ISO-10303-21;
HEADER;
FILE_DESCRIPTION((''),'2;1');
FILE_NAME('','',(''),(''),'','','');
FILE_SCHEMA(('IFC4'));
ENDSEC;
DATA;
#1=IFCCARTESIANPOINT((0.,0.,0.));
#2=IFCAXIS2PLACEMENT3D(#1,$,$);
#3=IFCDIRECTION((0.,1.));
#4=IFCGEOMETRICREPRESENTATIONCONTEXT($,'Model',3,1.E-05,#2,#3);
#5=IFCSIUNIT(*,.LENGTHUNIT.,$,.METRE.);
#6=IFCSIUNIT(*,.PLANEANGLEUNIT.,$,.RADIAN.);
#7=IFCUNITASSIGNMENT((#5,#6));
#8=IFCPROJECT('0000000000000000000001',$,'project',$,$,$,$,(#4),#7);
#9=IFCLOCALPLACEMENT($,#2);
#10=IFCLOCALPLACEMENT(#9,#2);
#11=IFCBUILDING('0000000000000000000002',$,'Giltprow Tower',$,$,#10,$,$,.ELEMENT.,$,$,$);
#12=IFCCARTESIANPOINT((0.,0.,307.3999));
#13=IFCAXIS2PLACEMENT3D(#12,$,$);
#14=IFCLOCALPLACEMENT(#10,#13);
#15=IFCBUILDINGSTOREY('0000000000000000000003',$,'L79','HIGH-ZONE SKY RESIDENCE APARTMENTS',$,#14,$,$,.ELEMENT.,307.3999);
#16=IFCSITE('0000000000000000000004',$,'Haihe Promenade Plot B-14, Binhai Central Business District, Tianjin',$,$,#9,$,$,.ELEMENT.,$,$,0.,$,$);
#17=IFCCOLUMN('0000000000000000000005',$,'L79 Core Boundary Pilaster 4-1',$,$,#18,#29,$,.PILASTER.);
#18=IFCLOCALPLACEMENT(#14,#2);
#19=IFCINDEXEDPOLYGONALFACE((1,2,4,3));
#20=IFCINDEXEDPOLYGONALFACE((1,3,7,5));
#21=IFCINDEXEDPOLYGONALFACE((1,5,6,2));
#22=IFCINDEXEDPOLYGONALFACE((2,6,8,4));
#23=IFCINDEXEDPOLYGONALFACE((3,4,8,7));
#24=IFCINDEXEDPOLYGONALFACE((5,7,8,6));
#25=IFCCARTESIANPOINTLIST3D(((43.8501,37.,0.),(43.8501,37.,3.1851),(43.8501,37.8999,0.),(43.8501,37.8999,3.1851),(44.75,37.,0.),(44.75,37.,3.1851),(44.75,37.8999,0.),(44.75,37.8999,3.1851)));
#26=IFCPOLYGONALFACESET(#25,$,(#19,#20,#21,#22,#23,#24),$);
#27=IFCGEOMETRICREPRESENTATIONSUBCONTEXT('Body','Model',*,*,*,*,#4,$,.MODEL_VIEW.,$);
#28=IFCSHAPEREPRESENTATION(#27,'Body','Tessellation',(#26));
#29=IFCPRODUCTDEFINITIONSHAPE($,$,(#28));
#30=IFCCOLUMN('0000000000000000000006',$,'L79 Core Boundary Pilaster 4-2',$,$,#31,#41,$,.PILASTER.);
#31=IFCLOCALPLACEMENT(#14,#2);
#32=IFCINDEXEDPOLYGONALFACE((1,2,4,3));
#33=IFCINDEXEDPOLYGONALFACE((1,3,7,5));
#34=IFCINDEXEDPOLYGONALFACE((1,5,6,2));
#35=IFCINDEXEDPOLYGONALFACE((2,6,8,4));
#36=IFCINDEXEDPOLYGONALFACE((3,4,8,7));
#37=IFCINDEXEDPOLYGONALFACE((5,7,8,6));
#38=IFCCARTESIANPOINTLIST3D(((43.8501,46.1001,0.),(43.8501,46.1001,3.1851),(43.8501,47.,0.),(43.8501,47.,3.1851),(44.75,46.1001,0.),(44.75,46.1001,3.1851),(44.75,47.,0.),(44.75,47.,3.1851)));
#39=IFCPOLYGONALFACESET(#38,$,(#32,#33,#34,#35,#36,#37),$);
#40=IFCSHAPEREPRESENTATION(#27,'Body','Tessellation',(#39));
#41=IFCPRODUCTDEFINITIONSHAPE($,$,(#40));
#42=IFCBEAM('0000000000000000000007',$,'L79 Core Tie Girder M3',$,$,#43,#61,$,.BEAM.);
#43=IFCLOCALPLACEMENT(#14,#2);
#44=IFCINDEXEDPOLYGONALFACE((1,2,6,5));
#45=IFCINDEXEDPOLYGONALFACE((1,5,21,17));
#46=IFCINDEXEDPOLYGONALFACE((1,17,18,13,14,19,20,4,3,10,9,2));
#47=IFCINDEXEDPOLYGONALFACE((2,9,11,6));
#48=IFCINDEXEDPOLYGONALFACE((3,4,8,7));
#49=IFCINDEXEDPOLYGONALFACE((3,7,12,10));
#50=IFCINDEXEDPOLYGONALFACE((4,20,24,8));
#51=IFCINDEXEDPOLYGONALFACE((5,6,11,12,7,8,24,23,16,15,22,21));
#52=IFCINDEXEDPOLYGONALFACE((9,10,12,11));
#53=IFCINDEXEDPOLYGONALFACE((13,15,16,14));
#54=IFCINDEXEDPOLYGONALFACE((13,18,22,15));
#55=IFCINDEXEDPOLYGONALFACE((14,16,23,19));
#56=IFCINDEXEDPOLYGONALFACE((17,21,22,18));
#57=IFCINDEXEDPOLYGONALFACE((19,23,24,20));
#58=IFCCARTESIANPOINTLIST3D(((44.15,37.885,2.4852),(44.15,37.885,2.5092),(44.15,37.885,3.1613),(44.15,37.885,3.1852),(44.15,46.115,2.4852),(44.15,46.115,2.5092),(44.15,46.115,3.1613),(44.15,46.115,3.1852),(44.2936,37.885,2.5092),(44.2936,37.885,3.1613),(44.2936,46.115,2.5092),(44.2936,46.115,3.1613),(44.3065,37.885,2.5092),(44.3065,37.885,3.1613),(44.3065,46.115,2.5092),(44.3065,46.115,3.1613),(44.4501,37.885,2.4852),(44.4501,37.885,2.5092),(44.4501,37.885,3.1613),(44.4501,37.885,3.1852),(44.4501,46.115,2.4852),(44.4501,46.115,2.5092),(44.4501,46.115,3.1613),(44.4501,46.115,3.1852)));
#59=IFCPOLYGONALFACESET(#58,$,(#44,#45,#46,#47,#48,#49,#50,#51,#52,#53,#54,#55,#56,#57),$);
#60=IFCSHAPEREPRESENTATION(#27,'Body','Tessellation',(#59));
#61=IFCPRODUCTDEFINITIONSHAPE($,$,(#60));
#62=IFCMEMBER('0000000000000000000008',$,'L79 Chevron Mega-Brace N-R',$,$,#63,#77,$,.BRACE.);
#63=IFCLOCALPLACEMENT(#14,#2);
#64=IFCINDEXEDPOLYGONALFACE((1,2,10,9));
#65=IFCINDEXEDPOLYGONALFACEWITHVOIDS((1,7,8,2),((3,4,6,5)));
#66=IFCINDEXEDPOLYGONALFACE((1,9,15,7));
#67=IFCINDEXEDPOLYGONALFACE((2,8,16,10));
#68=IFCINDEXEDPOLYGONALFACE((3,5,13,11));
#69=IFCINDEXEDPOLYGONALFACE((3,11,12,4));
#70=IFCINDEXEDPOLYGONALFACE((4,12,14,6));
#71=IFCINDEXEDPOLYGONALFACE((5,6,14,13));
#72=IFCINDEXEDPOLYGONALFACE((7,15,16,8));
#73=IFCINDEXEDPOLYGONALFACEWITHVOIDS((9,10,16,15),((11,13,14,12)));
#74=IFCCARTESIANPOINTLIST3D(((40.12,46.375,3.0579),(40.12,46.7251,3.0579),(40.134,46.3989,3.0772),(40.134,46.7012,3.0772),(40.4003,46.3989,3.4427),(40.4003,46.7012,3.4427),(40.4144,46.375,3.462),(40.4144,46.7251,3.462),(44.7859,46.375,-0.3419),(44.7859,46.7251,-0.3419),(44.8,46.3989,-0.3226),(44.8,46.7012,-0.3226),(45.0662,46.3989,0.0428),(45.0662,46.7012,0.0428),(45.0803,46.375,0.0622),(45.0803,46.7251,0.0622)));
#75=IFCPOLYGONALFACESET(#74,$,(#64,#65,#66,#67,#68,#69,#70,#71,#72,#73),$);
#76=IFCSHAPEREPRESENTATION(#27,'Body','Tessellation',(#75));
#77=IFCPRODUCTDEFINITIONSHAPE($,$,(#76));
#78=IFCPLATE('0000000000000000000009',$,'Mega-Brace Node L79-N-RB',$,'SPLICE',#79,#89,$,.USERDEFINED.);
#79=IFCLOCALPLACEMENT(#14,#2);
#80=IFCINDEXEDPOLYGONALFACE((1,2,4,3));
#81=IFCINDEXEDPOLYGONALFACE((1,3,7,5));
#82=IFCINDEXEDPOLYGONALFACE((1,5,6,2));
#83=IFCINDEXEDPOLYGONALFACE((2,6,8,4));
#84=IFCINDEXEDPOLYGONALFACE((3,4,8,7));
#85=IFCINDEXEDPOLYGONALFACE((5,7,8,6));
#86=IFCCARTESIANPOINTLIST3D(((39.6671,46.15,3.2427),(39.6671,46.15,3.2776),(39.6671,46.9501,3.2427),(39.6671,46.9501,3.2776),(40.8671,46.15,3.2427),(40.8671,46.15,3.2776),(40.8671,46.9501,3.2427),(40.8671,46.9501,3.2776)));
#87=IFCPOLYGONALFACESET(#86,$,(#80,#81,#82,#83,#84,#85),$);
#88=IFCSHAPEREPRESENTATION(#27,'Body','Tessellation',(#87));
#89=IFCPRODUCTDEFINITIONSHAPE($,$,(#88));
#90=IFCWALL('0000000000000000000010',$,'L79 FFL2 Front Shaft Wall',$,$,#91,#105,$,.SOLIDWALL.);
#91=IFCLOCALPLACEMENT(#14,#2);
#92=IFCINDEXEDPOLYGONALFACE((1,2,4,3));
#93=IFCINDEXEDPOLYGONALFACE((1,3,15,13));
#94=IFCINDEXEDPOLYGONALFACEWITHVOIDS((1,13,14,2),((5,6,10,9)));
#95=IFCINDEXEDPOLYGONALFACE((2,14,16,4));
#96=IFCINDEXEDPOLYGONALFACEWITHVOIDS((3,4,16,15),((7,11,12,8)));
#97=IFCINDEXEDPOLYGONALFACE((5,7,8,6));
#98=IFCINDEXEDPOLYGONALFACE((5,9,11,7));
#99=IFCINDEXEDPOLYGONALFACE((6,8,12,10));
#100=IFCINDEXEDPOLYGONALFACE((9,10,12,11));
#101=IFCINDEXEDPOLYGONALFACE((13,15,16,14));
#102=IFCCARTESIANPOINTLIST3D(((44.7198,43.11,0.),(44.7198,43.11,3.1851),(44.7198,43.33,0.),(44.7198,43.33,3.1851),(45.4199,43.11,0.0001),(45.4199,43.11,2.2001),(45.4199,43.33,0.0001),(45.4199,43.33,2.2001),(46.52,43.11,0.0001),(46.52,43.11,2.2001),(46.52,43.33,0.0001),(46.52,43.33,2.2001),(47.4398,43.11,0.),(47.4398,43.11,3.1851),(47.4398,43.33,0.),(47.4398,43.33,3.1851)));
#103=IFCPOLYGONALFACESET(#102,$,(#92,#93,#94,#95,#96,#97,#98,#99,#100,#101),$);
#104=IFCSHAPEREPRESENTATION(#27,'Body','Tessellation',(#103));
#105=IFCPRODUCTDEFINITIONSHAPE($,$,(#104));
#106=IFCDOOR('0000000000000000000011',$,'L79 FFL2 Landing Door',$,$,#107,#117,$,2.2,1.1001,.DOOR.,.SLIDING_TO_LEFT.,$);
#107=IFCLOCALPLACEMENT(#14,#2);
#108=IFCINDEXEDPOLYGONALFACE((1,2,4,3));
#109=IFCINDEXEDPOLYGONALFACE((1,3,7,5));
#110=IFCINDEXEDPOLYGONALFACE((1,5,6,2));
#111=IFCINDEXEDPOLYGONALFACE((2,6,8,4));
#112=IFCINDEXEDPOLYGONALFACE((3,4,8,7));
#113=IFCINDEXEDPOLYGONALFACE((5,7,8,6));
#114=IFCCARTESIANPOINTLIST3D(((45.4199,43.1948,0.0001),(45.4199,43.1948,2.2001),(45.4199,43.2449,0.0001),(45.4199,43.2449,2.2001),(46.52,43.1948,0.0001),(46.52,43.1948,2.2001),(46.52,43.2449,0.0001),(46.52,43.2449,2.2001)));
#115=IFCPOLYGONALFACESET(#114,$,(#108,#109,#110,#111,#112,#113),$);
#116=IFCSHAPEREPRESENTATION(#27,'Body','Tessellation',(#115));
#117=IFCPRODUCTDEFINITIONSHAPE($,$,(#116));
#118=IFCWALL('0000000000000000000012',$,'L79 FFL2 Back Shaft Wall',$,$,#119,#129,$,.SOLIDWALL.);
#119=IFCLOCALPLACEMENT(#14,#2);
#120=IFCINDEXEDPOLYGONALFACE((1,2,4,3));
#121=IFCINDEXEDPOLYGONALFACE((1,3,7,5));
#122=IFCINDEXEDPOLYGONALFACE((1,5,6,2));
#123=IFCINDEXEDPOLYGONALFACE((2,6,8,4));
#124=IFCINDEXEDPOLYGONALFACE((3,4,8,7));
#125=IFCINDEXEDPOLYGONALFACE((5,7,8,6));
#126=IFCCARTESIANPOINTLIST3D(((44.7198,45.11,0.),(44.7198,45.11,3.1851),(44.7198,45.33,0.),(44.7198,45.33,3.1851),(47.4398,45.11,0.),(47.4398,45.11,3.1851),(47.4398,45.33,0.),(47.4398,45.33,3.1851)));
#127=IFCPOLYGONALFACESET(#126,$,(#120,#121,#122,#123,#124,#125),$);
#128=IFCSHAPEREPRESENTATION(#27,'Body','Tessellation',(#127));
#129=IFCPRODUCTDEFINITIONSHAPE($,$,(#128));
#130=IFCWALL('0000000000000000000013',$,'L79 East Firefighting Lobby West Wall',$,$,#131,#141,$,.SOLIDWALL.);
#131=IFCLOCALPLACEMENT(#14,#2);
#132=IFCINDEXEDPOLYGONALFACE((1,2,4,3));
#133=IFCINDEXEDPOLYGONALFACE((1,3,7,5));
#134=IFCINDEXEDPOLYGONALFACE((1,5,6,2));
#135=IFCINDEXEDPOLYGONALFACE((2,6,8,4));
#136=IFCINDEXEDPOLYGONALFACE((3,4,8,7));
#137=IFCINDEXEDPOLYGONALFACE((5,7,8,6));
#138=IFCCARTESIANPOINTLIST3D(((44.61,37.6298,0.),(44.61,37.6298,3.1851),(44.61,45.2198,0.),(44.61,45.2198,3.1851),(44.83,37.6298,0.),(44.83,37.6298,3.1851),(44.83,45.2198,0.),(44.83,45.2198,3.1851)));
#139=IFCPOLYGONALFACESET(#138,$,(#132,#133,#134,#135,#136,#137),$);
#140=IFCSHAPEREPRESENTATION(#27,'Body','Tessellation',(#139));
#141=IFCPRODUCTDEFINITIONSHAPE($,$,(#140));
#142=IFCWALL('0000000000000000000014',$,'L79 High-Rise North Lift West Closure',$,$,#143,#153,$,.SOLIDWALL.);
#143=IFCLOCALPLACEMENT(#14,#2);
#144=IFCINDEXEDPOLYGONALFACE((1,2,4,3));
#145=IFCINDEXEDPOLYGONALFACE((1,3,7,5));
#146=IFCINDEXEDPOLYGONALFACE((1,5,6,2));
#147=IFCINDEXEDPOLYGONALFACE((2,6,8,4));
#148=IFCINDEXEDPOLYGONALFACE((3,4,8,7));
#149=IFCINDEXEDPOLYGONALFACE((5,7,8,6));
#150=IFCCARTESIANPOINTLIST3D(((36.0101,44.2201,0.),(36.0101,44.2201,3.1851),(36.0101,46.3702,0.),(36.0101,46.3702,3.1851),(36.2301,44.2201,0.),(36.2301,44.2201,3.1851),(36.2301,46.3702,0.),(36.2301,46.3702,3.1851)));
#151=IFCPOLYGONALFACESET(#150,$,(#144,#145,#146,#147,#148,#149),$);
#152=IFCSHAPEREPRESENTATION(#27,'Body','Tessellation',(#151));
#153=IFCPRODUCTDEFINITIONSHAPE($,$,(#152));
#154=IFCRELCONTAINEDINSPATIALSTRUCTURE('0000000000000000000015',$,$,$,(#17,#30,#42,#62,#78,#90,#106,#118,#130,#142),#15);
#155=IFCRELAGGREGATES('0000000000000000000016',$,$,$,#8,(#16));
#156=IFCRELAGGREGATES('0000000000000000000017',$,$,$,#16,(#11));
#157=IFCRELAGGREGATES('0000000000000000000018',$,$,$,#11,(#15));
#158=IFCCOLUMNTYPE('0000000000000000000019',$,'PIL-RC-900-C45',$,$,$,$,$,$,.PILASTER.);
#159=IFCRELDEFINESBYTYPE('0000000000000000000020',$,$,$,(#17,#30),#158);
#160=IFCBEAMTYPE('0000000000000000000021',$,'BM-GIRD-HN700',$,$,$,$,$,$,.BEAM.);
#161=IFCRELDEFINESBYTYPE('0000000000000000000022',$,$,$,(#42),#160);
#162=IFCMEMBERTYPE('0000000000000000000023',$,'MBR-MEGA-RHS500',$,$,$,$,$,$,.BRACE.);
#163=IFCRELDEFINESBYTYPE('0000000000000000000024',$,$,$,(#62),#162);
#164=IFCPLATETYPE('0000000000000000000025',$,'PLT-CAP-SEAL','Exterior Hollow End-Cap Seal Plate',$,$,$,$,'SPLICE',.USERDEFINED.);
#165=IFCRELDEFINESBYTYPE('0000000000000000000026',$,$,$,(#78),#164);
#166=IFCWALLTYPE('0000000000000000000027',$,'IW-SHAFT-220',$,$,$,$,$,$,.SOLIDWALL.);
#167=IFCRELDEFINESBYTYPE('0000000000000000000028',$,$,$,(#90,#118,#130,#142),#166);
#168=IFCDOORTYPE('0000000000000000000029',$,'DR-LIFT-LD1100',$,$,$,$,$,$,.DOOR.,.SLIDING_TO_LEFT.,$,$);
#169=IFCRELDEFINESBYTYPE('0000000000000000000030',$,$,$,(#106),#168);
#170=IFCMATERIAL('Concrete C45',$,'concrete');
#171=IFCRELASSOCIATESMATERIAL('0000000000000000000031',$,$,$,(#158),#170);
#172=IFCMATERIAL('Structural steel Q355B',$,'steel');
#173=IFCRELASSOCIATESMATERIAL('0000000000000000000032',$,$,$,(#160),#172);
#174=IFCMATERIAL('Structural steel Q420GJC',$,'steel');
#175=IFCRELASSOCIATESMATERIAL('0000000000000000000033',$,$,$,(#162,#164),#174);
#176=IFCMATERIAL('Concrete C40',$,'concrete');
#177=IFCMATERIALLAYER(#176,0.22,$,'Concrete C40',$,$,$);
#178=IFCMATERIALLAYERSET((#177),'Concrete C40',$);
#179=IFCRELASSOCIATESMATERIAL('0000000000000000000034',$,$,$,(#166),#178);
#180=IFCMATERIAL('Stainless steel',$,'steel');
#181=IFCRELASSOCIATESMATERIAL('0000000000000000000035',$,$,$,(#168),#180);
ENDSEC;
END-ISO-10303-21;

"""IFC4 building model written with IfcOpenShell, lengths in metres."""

from ifc_helpers import new_model, si_unit, direction, frame, frame_2d, origin, origin_2d, place, context, subcontext, project, spatial, rectangle, hollow_rectangle, i_section, extrude, source, transform, mapped, material, layer, layer_set, material_profile, profile_set, type_object, element, fill, save


model = new_model("IFC4")

# Units and contexts
model_context = context("Model", 3, precision=1e-05, world=origin(), true_north=direction((0.0, 1.0)))
body_context = subcontext(model_context, "Body", "Model", "MODEL_VIEW")
ifc_project = project(units=[si_unit("LENGTHUNIT", "METRE"), si_unit("PLANEANGLEUNIT", "RADIAN")], contexts=[model_context])

# Site, building, storey
site_placement = place(None, origin())
site = spatial("IfcSite", under=ifc_project, at=site_placement, Name="Haihe Promenade Plot B-14, Binhai Central Business District, Tianjin", CompositionType="ELEMENT", RefElevation=0.0)
building_placement = place(site_placement, origin())
building = spatial("IfcBuilding", under=site, at=building_placement, Name="Giltprow Tower", CompositionType="ELEMENT")
storey_placement = place(building_placement, frame((0.0, 0.0, 307.3999)))
storey = spatial("IfcBuildingStorey", under=building, at=storey_placement, Name="L79", Description="HIGH-ZONE SKY RESIDENCE APARTMENTS", CompositionType="ELEMENT", Elevation=307.3999)

# Columns
ifc_material_1 = material(Name="Concrete C45", Category="concrete")
ifc_material_profile_1 = material_profile(ifc_material_1, rectangle(XDim=0.8999, YDim=0.8999, at=origin_2d()), Name="RC 900x900")
ifc_profile_set_1 = profile_set([ifc_material_profile_1], Name="Concrete C45")
column_type = type_object("IfcColumnType", Name="PIL-RC-900-C45", PredefinedType="PILASTER", material=ifc_profile_set_1)
shared_shape_1 = source(origin(), body_context, "Body", "SweptSolid", [
    extrude(rectangle(XDim=0.8999, YDim=0.8999, at=origin_2d()), origin(), (0.0, 0.0, 1.0), 3.1851),
])
for number, where, z_axis, x_axis, name in (
    (1, (44.3, 37.45, 0.0), (0.0, 0.0, 1.0), (1.0, 0.0, 0.0), "L79 Core Boundary Pilaster 4-1"),
    (2, (44.3, 46.55, 0.0), (0.0, 0.0, 1.0), (1.0, 0.0, 0.0), "L79 Core Boundary Pilaster 4-2"),
):
    element("IfcColumn", number, at=place(storey_placement, frame(where, z_axis=z_axis, x_axis=x_axis)), inside=storey, type_object=column_type, Name=name, PredefinedType="PILASTER", context=body_context, shape_type="MappedRepresentation", body=[
        mapped(shared_shape_1, transform((0.0, 0.0, 0.0), x_axis=(1.0, 0.0, 0.0), y_axis=(0.0, 1.0, 0.0), z_axis=(0.0, 0.0, 1.0), scale=1.0)),
    ])

# Beam
ifc_material_2 = material(Name="Structural steel Q355B", Category="steel")
ifc_material_profile_2 = material_profile(ifc_material_2, i_section(OverallWidth=0.3, OverallDepth=0.7, WebThickness=0.0129, FlangeThickness=0.0239, at=origin_2d()), Name="HN 700x300x13x24")
ifc_profile_set_2 = profile_set([ifc_material_profile_2], Name="Structural steel Q355B")
beam_type = type_object("IfcBeamType", Name="BM-GIRD-HN700", PredefinedType="BEAM", material=ifc_profile_set_2)
shared_shape_2 = source(origin(), body_context, "Body", "SweptSolid", [
    extrude(i_section(OverallWidth=0.3, OverallDepth=0.7, WebThickness=0.0129, FlangeThickness=0.0239, at=origin_2d()), origin(), (0.0, 0.0, 1.0), 8.23),
])
beam_placement = place(storey_placement, frame((44.3, 37.885, 2.8352), z_axis=(0.0, 1.0, 0.0), x_axis=(-1.0, 0.0, 0.0)))
element("IfcBeam", 3, at=beam_placement, inside=storey, type_object=beam_type, Name="L79 Core Tie Girder M3", PredefinedType="BEAM", context=body_context, shape_type="MappedRepresentation", body=[
    mapped(shared_shape_2, transform((0.0, 0.0, 0.0), x_axis=(1.0, 0.0, 0.0), y_axis=(0.0, 1.0, 0.0), z_axis=(0.0, 0.0, 1.0), scale=1.0)),
])

# Member
ifc_material_3 = material(Name="Structural steel Q420GJC", Category="steel")
ifc_material_profile_3 = material_profile(ifc_material_3, hollow_rectangle(XDim=0.3501, YDim=0.5, WallThickness=0.0239, at=origin_2d()), Name="RHS 500x350x24")
ifc_profile_set_3 = profile_set([ifc_material_profile_3], Name="Structural steel Q420GJC")
member_type = type_object("IfcMemberType", Name="MBR-MEGA-RHS500", PredefinedType="BRACE", material=ifc_profile_set_3)
shared_shape_3 = source(origin(), body_context, "Body", "SweptSolid", [
    extrude(hollow_rectangle(XDim=0.3501, YDim=0.5, WallThickness=0.0239, at=origin_2d()), origin(), (0.0, 0.0, 1.0), 5.7732),
])
member_placement = place(storey_placement, frame((44.9331, 46.55, -0.1399), z_axis=(-0.808205, 0.0, 0.588901), x_axis=(0.0, -1.0, 0.0)))
element("IfcMember", 4, at=member_placement, inside=storey, type_object=member_type, Name="L79 Chevron Mega-Brace N-R", PredefinedType="BRACE", context=body_context, shape_type="MappedRepresentation", body=[
    mapped(shared_shape_3, transform((0.0, 0.0, 0.0), x_axis=(1.0, 0.0, 0.0), y_axis=(0.0, 1.0, 0.0), z_axis=(0.0, 0.0, 1.0), scale=1.0)),
])

# Plate
plate_type = type_object("IfcPlateType", Name="PLT-CAP-SEAL", Description="Exterior Hollow End-Cap Seal Plate", ElementType="SPLICE", PredefinedType="USERDEFINED", material=ifc_material_3)
shared_shape_4 = source(origin(), body_context, "Body", "SweptSolid", [
    extrude(rectangle(XDim=1.2, YDim=0.8, at=origin_2d()), origin(), (0.0, 0.0, 1.0), 0.0349),
])
plate_placement = place(storey_placement, frame((40.2671, 46.55, 3.2427), z_axis=(0.0, 0.0, 1.0), x_axis=(1.0, 0.0, 0.0)))
element("IfcPlate", 5, at=plate_placement, inside=storey, type_object=plate_type, Name="Mega-Brace Node L79-N-RB", ObjectType="SPLICE", PredefinedType="USERDEFINED", context=body_context, shape_type="MappedRepresentation", body=[
    mapped(shared_shape_4, transform((0.0, 0.0, 0.0), x_axis=(1.0, 0.0, 0.0), y_axis=(0.0, 1.0, 0.0), z_axis=(0.0, 0.0, 1.0), scale=1.0)),
])

# Wall, opening, door
ifc_material_4 = material(Name="Concrete C40", Category="concrete")
ifc_layer_1 = layer(ifc_material_4, 0.22, Name="Concrete C40")
ifc_layer_set_1 = layer_set([ifc_layer_1], Name="Concrete C40")
wall_type_1 = type_object("IfcWallType", Name="IW-SHAFT-220", PredefinedType="SOLIDWALL", material=ifc_layer_set_1)
wall_1_placement = place(storey_placement, frame((44.72, 43.22, 0.0), z_axis=(0.0, 0.0, 1.0), x_axis=(1.0, 0.0, 0.0)))
wall_1 = element("IfcWall", 6, at=wall_1_placement, inside=storey, type_object=wall_type_1, Name="L79 FFL2 Front Shaft Wall", PredefinedType="SOLIDWALL", context=body_context, shape_type="SweptSolid", body=[
    extrude(rectangle(XDim=2.72, YDim=0.22, at=frame_2d((1.3599, 0.0))), origin(), (0.0, 0.0, 1.0), 3.1851),
])
opening_1_placement = place(wall_1_placement, frame((0.7, 0.0, 0.0)))
opening_1 = element("IfcOpeningElement", 7, at=opening_1_placement, cuts=wall_1, PredefinedType="OPENING", context=body_context, shape_type="SweptSolid", body=[
    extrude(rectangle(XDim=1.1001, YDim=2.2, at=frame_2d((0.55, 1.1001))), frame((0.0, 0.1199, 0.0), z_axis=(0.0, -1.0, 0.0), x_axis=(1.0, 0.0, 0.0)), (0.0, 0.0, 1.0), 0.24),
])
ifc_material_5 = material(Name="Stainless steel", Category="steel")
door_type_1 = type_object("IfcDoorType", Name="DR-LIFT-LD1100", OperationType="SLIDING_TO_LEFT", PredefinedType="DOOR", material=ifc_material_5)
shared_shape_5 = source(origin(), body_context, "Body", "SweptSolid", [
    extrude(rectangle(XDim=1.1001, YDim=2.2, at=frame_2d((0.55, 1.1001))), frame((0.0, 0.0249, 0.0), z_axis=(0.0, -1.0, 0.0), x_axis=(1.0, 0.0, 0.0)), (0.0, 0.0, 1.0), 0.05),
])
door_1_placement = place(opening_1_placement, origin())
door_1 = element("IfcDoor", 8, at=door_1_placement, inside=storey, type_object=door_type_1, Name="L79 FFL2 Landing Door", OperationType="SLIDING_TO_LEFT", OverallHeight=2.2, OverallWidth=1.1001, PredefinedType="DOOR", context=body_context, shape_type="MappedRepresentation", body=[
    mapped(shared_shape_5, transform((0.0, 0.0, 0.0), x_axis=(1.0, 0.0, 0.0), y_axis=(0.0, 1.0, 0.0), z_axis=(0.0, 0.0, 1.0), scale=1.0)),
])
fill(opening_1, door_1)

# Walls
wall_2_placement = place(storey_placement, frame((44.72, 45.22, 0.0), z_axis=(0.0, 0.0, 1.0), x_axis=(1.0, 0.0, 0.0)))
element("IfcWall", 9, at=wall_2_placement, inside=storey, type_object=wall_type_1, Name="L79 FFL2 Back Shaft Wall", PredefinedType="SOLIDWALL", context=body_context, shape_type="SweptSolid", body=[
    extrude(rectangle(XDim=2.72, YDim=0.22, at=frame_2d((1.3599, 0.0))), origin(), (0.0, 0.0, 1.0), 3.1851),
])
wall_3_placement = place(storey_placement, frame((44.72, 37.6299, 0.0), z_axis=(0.0, 0.0, 1.0), x_axis=(0.0, 1.0, 0.0)))
element("IfcWall", 10, at=wall_3_placement, inside=storey, type_object=wall_type_1, Name="L79 East Firefighting Lobby West Wall", PredefinedType="SOLIDWALL", context=body_context, shape_type="SweptSolid", body=[
    extrude(rectangle(XDim=7.5901, YDim=0.22, at=frame_2d((3.7949, 0.0))), origin(), (0.0, 0.0, 1.0), 3.1851),
])
wall_4_placement = place(storey_placement, frame((36.1201, 44.22, 0.0), z_axis=(0.0, 0.0, 1.0), x_axis=(0.0, 1.0, 0.0)))
element("IfcWall", 11, at=wall_4_placement, inside=storey, type_object=wall_type_1, Name="L79 High-Rise North Lift West Closure", PredefinedType="SOLIDWALL", context=body_context, shape_type="SweptSolid", body=[
    extrude(rectangle(XDim=2.1501, YDim=0.22, at=frame_2d((1.0752, 0.0))), origin(), (0.0, 0.0, 1.0), 3.1851),
])

save(model, "model.ifc")
